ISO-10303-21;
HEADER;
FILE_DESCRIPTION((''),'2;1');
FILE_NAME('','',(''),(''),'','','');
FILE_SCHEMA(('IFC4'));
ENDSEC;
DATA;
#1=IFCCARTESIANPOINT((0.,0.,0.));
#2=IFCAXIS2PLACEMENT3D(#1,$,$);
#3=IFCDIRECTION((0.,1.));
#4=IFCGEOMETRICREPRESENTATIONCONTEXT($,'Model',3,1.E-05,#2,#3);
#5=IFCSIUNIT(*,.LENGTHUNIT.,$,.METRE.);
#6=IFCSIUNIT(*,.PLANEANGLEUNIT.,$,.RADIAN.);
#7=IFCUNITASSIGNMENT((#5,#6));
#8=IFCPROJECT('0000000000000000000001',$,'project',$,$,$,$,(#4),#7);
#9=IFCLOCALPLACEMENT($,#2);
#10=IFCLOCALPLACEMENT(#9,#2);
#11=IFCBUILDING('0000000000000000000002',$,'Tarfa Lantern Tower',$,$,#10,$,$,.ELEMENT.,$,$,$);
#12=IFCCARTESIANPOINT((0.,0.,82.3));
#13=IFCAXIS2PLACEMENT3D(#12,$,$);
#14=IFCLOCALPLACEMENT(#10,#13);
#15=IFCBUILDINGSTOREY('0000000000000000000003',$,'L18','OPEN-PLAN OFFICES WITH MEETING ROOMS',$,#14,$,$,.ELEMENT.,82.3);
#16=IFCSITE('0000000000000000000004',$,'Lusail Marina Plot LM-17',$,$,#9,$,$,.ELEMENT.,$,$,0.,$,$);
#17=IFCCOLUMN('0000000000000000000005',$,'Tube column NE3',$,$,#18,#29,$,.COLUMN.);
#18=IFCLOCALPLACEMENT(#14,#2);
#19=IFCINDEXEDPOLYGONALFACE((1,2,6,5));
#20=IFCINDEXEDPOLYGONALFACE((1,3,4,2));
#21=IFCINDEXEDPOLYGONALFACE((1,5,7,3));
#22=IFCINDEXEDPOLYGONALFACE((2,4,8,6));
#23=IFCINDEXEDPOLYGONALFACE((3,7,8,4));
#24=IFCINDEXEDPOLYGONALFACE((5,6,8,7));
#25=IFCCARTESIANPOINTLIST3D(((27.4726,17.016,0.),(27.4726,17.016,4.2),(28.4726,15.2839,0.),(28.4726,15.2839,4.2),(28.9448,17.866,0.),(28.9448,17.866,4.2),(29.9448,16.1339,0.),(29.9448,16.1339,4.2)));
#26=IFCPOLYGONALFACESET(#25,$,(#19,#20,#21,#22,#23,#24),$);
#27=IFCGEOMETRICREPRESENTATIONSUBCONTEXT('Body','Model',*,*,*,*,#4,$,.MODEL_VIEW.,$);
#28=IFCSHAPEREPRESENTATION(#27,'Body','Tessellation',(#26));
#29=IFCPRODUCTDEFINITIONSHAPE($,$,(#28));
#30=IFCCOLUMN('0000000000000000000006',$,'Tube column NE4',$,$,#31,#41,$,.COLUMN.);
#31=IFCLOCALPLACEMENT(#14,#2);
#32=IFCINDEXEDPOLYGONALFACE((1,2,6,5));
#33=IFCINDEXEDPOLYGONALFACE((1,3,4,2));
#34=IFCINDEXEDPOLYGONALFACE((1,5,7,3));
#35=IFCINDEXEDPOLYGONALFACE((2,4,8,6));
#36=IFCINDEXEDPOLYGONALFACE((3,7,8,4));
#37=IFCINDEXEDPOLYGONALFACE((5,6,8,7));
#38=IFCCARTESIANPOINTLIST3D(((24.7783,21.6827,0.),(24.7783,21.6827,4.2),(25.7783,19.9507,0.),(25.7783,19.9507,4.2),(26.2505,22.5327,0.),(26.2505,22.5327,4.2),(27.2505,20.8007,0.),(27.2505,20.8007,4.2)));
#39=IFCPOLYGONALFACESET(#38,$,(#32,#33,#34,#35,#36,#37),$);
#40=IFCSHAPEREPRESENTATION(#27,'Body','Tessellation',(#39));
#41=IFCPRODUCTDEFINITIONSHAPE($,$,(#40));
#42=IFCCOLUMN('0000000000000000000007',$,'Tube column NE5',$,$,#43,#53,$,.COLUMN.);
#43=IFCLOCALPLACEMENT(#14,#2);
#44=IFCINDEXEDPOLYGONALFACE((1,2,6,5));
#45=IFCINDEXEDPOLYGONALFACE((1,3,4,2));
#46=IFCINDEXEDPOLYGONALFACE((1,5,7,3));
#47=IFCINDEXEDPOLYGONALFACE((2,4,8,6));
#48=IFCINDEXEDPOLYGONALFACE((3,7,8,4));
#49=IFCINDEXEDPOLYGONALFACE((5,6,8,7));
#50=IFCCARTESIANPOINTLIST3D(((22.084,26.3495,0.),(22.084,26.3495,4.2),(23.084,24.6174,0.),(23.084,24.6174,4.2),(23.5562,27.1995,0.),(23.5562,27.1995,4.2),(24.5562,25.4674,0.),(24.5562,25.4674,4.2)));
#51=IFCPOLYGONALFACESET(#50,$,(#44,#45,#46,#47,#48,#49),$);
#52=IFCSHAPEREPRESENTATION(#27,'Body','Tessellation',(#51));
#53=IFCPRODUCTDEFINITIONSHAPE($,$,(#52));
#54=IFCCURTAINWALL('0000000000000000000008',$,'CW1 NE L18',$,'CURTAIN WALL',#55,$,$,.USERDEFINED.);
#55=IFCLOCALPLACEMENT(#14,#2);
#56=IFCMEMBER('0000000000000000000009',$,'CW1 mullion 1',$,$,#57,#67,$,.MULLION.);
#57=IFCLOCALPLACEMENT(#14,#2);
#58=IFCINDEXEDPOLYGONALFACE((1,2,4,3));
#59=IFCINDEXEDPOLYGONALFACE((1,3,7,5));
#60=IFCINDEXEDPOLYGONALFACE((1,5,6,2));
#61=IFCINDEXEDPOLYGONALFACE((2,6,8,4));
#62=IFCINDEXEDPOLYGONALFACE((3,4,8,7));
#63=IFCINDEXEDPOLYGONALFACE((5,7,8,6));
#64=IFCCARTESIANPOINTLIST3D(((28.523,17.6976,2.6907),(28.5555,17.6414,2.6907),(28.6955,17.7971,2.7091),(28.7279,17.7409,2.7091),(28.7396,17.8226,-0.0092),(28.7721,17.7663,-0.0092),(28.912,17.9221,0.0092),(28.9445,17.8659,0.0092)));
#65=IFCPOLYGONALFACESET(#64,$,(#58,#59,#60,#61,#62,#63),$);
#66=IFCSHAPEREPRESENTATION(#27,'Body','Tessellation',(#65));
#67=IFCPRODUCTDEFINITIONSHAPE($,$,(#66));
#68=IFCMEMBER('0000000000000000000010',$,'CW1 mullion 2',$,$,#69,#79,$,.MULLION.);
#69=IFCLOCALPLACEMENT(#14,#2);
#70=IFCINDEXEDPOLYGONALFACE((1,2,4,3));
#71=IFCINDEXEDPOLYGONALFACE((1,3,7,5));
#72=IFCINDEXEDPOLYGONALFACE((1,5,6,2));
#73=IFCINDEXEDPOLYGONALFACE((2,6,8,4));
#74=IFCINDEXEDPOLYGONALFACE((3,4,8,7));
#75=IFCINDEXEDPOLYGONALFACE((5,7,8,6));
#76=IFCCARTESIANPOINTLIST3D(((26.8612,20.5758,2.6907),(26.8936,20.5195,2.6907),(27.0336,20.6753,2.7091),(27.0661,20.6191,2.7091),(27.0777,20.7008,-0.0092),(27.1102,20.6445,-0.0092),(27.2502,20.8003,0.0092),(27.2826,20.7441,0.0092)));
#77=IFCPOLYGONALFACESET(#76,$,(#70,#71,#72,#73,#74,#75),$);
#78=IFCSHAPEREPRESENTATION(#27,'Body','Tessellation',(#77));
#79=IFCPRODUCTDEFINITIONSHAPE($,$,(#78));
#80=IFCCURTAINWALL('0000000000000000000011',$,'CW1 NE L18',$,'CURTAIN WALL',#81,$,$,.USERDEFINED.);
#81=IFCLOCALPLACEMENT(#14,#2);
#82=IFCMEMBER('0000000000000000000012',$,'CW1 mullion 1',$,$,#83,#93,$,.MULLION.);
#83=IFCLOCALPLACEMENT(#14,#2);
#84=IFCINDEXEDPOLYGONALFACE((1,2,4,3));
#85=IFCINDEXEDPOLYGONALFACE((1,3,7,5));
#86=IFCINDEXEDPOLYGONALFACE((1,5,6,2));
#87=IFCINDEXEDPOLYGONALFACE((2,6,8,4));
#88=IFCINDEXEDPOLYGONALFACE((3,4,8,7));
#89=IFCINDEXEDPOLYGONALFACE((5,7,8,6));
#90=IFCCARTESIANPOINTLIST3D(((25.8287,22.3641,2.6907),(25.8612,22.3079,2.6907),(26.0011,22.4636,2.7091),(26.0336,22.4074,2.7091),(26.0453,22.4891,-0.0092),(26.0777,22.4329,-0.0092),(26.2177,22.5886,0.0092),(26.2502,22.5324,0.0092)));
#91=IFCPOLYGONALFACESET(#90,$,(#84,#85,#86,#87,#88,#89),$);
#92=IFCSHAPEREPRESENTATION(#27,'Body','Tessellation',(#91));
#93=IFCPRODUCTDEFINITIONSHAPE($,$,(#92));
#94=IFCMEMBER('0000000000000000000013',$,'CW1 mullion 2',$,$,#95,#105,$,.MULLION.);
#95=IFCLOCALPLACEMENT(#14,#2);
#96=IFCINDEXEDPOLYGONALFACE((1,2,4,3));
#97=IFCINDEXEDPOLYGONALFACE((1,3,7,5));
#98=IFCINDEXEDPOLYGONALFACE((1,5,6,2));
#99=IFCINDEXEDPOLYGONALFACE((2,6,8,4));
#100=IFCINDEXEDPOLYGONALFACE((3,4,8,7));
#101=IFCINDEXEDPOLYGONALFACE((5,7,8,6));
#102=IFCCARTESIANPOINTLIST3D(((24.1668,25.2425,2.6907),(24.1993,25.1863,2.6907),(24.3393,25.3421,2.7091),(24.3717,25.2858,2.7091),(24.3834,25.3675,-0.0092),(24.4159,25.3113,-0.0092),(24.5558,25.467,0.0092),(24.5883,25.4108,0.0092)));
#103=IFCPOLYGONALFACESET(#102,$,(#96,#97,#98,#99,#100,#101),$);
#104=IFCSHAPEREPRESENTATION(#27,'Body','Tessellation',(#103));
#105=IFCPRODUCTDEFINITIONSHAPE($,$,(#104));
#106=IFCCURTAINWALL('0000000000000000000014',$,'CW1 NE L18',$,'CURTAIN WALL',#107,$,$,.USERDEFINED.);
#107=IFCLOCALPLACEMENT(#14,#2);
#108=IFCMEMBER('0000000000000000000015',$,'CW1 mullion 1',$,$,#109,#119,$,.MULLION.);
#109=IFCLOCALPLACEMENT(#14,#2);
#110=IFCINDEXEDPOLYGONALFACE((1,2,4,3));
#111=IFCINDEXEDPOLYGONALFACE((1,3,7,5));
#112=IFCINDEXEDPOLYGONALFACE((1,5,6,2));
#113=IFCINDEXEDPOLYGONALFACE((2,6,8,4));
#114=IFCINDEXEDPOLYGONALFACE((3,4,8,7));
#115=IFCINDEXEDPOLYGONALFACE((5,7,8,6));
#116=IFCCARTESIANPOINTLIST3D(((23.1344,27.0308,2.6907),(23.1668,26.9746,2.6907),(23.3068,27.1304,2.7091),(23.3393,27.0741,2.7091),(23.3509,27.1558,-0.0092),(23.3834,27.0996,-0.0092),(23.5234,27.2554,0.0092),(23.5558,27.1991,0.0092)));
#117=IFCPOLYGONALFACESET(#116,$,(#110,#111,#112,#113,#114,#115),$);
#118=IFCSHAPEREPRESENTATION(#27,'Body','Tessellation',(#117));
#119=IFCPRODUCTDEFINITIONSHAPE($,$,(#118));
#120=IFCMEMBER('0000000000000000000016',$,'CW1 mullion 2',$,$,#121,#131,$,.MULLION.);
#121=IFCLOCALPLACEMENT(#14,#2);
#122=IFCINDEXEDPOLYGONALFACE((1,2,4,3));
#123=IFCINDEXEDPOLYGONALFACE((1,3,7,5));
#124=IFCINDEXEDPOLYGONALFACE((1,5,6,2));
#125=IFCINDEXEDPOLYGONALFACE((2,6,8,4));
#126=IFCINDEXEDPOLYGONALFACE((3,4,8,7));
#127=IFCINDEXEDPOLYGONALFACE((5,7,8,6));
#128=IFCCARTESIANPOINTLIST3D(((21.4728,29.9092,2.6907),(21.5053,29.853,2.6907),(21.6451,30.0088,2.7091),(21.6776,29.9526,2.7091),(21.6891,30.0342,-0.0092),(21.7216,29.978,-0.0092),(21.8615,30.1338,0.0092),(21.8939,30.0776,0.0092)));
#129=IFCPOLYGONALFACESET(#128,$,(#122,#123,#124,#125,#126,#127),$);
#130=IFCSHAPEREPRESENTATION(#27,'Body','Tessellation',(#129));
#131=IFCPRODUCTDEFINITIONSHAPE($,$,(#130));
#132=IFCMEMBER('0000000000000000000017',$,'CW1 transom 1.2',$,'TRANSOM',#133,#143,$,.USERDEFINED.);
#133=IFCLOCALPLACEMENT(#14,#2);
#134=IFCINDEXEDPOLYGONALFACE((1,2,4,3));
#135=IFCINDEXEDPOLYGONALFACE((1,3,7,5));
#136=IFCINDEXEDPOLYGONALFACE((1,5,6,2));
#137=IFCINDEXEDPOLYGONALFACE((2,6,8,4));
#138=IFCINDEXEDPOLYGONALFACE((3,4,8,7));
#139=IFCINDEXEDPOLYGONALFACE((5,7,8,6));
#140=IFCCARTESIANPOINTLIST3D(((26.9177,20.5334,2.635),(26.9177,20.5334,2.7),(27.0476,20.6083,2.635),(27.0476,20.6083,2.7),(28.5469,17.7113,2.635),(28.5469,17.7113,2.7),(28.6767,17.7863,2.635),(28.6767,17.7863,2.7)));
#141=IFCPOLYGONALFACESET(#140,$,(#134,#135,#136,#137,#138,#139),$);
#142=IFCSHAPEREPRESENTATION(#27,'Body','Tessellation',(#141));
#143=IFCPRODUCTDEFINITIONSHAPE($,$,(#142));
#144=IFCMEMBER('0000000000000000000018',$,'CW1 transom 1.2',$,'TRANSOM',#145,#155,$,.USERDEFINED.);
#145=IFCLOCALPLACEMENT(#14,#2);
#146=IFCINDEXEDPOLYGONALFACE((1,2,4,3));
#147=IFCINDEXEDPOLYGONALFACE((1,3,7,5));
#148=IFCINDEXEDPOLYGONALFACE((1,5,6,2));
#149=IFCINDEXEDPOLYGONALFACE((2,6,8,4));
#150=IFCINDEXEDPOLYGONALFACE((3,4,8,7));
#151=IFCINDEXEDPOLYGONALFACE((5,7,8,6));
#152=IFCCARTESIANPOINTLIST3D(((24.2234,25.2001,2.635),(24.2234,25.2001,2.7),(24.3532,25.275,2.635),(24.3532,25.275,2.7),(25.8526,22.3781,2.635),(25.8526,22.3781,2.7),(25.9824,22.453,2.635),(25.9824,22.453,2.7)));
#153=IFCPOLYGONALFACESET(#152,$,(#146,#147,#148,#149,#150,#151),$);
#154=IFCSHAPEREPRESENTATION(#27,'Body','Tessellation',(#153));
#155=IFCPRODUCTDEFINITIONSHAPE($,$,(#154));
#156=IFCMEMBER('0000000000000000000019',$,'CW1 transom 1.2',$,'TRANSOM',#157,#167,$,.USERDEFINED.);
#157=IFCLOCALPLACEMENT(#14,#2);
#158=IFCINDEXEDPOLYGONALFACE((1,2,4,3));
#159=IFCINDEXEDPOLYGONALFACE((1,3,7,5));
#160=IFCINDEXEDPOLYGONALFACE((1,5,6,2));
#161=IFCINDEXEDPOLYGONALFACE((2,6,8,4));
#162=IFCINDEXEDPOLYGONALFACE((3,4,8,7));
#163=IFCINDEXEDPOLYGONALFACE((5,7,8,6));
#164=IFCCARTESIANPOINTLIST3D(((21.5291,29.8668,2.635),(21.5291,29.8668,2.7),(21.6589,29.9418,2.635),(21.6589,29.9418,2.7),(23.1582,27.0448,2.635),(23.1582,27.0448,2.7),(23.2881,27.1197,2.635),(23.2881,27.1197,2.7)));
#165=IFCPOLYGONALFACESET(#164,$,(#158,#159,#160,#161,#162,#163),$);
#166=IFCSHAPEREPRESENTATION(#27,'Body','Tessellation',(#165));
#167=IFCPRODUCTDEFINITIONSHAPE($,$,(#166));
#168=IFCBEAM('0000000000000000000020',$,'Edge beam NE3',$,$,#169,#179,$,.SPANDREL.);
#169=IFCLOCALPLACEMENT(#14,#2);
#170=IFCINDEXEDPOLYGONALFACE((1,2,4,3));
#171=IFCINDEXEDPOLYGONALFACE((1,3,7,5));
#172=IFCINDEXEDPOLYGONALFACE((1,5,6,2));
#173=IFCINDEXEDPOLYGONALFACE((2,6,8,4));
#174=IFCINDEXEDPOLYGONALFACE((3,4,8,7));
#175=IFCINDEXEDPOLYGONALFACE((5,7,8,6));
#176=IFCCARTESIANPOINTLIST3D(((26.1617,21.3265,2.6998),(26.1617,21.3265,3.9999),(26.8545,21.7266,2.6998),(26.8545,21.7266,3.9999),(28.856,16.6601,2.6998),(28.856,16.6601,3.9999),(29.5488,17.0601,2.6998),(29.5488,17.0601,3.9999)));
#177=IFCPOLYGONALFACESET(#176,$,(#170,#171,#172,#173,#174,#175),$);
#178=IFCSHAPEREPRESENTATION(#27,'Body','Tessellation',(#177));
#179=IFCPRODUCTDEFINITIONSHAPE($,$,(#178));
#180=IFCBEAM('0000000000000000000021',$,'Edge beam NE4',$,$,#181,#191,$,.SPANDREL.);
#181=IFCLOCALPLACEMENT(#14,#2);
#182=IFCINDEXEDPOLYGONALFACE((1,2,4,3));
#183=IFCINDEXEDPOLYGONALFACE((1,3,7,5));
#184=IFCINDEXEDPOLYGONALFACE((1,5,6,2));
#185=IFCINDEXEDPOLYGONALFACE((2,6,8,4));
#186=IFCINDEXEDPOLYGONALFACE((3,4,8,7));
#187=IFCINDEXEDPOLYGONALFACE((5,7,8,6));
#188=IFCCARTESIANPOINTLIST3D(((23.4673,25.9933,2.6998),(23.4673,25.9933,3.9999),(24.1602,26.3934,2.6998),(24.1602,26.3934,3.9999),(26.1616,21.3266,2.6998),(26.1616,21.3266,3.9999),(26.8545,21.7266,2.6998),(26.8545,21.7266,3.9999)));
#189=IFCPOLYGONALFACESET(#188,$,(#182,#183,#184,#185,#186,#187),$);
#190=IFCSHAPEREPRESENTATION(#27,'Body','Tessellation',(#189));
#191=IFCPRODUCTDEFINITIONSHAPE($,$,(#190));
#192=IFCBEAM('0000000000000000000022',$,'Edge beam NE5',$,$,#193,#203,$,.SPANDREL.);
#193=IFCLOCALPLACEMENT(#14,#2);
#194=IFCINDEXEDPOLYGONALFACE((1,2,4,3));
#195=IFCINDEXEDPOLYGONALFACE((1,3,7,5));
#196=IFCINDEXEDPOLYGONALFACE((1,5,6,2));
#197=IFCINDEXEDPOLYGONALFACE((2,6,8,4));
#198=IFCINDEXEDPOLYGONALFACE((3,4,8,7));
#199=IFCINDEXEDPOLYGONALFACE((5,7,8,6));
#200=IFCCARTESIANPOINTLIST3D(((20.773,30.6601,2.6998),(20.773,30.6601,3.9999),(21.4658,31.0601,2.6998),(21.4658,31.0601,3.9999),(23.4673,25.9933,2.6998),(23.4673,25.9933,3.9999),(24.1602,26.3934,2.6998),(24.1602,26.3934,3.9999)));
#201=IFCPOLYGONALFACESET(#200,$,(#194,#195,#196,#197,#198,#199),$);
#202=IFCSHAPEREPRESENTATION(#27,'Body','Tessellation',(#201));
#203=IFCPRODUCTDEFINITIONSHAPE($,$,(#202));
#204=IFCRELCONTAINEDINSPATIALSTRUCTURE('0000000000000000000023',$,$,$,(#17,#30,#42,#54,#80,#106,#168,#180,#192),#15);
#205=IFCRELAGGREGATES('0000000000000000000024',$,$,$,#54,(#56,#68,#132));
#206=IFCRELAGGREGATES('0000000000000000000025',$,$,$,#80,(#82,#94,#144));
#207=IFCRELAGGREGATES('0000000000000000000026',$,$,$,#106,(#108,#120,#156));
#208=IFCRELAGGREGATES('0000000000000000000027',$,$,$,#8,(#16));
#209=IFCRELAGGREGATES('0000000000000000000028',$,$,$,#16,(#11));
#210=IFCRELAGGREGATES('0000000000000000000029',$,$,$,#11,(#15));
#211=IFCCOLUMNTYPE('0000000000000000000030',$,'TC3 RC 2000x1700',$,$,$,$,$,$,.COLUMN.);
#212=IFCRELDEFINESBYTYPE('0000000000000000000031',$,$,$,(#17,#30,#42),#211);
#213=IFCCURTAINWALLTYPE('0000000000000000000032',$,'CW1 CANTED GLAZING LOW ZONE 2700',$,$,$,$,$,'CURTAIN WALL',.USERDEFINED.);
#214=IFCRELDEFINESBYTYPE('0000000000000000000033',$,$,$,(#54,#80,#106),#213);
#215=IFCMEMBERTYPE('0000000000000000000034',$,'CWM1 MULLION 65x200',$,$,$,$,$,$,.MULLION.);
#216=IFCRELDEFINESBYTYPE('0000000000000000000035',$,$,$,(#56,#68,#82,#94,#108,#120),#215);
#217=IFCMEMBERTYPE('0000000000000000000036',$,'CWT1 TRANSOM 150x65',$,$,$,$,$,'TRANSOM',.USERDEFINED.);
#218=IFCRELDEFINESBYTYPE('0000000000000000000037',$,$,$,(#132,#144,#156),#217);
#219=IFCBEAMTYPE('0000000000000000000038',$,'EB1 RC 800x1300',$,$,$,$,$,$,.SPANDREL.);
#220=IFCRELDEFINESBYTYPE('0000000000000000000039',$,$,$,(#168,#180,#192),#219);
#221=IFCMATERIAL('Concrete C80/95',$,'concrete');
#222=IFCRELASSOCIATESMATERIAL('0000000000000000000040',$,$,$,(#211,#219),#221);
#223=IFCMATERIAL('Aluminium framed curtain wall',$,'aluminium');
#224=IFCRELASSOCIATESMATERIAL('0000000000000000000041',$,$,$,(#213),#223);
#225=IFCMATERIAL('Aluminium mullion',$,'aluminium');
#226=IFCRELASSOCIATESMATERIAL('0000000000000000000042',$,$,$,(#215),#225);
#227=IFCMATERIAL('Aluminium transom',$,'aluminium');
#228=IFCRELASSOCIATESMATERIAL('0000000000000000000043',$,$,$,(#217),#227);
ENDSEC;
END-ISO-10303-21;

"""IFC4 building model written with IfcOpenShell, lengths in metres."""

from ifc_helpers import new_model, si_unit, direction, frame, origin, origin_2d, place, context, subcontext, project, spatial, rectangle, extrude, material, material_profile, profile_set, type_object, element, aggregate, save


model = new_model("IFC4")

# Units and contexts
model_context = context("Model", 3, precision=1e-05, world=origin(), true_north=direction((0.0, 1.0)))
body_context = subcontext(model_context, "Body", "Model", "MODEL_VIEW")
ifc_project = project(units=[si_unit("LENGTHUNIT", "METRE"), si_unit("PLANEANGLEUNIT", "RADIAN")], contexts=[model_context])

# Site, building, storey
site_placement = place(None, origin())
site = spatial("IfcSite", under=ifc_project, at=site_placement, Name="Lusail Marina Plot LM-17", CompositionType="ELEMENT", RefElevation=0.0)
building_placement = place(site_placement, origin())
building = spatial("IfcBuilding", under=site, at=building_placement, Name="Tarfa Lantern Tower", CompositionType="ELEMENT")
storey_placement = place(building_placement, frame((0.0, 0.0, 82.3)))
storey = spatial("IfcBuildingStorey", under=building, at=storey_placement, Name="L18", Description="OPEN-PLAN OFFICES WITH MEETING ROOMS", CompositionType="ELEMENT", Elevation=82.3)

# Columns
ifc_material_1 = material(Name="Concrete C80/95", Category="concrete")
ifc_material_profile_1 = material_profile(ifc_material_1, rectangle(XDim=2.0, YDim=1.7, at=origin_2d()), Name="RC 2000x1700")
ifc_profile_set_1 = profile_set([ifc_material_profile_1], Name="Concrete C80/95")
column_type = type_object("IfcColumnType", Name="TC3 RC 2000x1700", PredefinedType="COLUMN", material=ifc_profile_set_1)
for number, where, z_axis, x_axis, name in (
    (1, (28.7087, 16.575, 0.0), (0.0, 0.0, 1.0), (-0.5, 0.866025, 0.0), "Tube column NE3"),
    (2, (26.0144, 21.2417, 0.0), (0.0, 0.0, 1.0), (-0.5, 0.866025, 0.0), "Tube column NE4"),
    (3, (23.3201, 25.9084, 0.0), (0.0, 0.0, 1.0), (-0.5, 0.866025, 0.0), "Tube column NE5"),
):
    element("IfcColumn", number, at=place(storey_placement, frame(where, z_axis=z_axis, x_axis=x_axis)), inside=storey, type_object=column_type, Name=name, PredefinedType="COLUMN", context=body_context, shape_type="SweptSolid", body=[
        extrude(rectangle(XDim=2.0, YDim=1.7, at=origin_2d()), origin(), (0.0, 0.0, 1.0), 4.2),
    ])

# Curtain walls, members
ifc_material_2 = material(Name="Aluminium framed curtain wall", Category="aluminium")
curtain_wall_type = type_object("IfcCurtainWallType", Name="CW1 CANTED GLAZING LOW ZONE 2700", ElementType="CURTAIN WALL", PredefinedType="USERDEFINED", material=ifc_material_2)
curtain_wall_1_placement = place(storey_placement, origin())
curtain_wall_1 = element("IfcCurtainWall", 4, at=curtain_wall_1_placement, inside=storey, type_object=curtain_wall_type, Name="CW1 NE L18", ObjectType="CURTAIN WALL", PredefinedType="USERDEFINED")
ifc_material_3 = material(Name="Aluminium mullion", Category="aluminium")
ifc_material_profile_2 = material_profile(ifc_material_3, rectangle(XDim=0.0649, YDim=0.2, at=origin_2d()), Name="AL MULLION 65x200")
ifc_profile_set_2 = profile_set([ifc_material_profile_2], Name="Aluminium mullion")
member_type_1 = type_object("IfcMemberType", Name="CWM1 MULLION 65x200", PredefinedType="MULLION", material=ifc_profile_set_2)
member_1_placement = place(storey_placement, frame((28.842, 17.8442, 0.0), z_axis=(-0.079864, -0.0461, 0.995739), x_axis=(0.49992, -0.866072, 0.0)))
member_1 = element("IfcMember", 5, at=member_1_placement, type_object=member_type_1, Name="CW1 mullion 1", PredefinedType="MULLION", context=body_context, shape_type="SweptSolid", body=[
    extrude(rectangle(XDim=0.0649, YDim=0.2, at=origin_2d()), origin(), (0.0, 0.0, 1.0), 2.7114),
])
member_2_placement = place(storey_placement, frame((27.1802, 20.7224, 0.0), z_axis=(-0.079864, -0.0461, 0.995739), x_axis=(0.49992, -0.866072, 0.0)))
member_2 = element("IfcMember", 6, at=member_2_placement, type_object=member_type_1, Name="CW1 mullion 2", PredefinedType="MULLION", context=body_context, shape_type="SweptSolid", body=[
    extrude(rectangle(XDim=0.0649, YDim=0.2, at=origin_2d()), origin(), (0.0, 0.0, 1.0), 2.7114),
])
curtain_wall_2_placement = place(storey_placement, origin())
curtain_wall_2 = element("IfcCurtainWall", 7, at=curtain_wall_2_placement, inside=storey, type_object=curtain_wall_type, Name="CW1 NE L18", ObjectType="CURTAIN WALL", PredefinedType="USERDEFINED")
member_3_placement = place(storey_placement, frame((26.1477, 22.5107, 0.0), z_axis=(-0.079864, -0.0461, 0.995739), x_axis=(0.49992, -0.866072, 0.0)))
member_3 = element("IfcMember", 8, at=member_3_placement, type_object=member_type_1, Name="CW1 mullion 1", PredefinedType="MULLION", context=body_context, shape_type="SweptSolid", body=[
    extrude(rectangle(XDim=0.0649, YDim=0.2, at=origin_2d()), origin(), (0.0, 0.0, 1.0), 2.7114),
])
member_4_placement = place(storey_placement, frame((24.4858, 25.3892, 0.0), z_axis=(-0.079864, -0.0461, 0.995739), x_axis=(0.49992, -0.866072, 0.0)))
member_4 = element("IfcMember", 9, at=member_4_placement, type_object=member_type_1, Name="CW1 mullion 2", PredefinedType="MULLION", context=body_context, shape_type="SweptSolid", body=[
    extrude(rectangle(XDim=0.0649, YDim=0.2, at=origin_2d()), origin(), (0.0, 0.0, 1.0), 2.7114),
])
curtain_wall_3_placement = place(storey_placement, origin())
curtain_wall_3 = element("IfcCurtainWall", 10, at=curtain_wall_3_placement, inside=storey, type_object=curtain_wall_type, Name="CW1 NE L18", ObjectType="CURTAIN WALL", PredefinedType="USERDEFINED")
member_5_placement = place(storey_placement, frame((23.4534, 27.1775, 0.0), z_axis=(-0.079864, -0.0461, 0.995739), x_axis=(0.49992, -0.866072, 0.0)))
member_5 = element("IfcMember", 11, at=member_5_placement, type_object=member_type_1, Name="CW1 mullion 1", PredefinedType="MULLION", context=body_context, shape_type="SweptSolid", body=[
    extrude(rectangle(XDim=0.0649, YDim=0.2, at=origin_2d()), origin(), (0.0, 0.0, 1.0), 2.7114),
])
member_6_placement = place(storey_placement, frame((21.7915, 30.0559, 0.0), z_axis=(-0.079775, -0.0461, 0.995746), x_axis=(0.500343, -0.865827, 0.0)))
member_6 = element("IfcMember", 12, at=member_6_placement, type_object=member_type_1, Name="CW1 mullion 2", PredefinedType="MULLION", context=body_context, shape_type="SweptSolid", body=[
    extrude(rectangle(XDim=0.0649, YDim=0.2, at=origin_2d()), origin(), (0.0, 0.0, 1.0), 2.7114),
])

# Members
ifc_material_4 = material(Name="Aluminium transom", Category="aluminium")
ifc_material_profile_3 = material_profile(ifc_material_4, rectangle(XDim=0.1499, YDim=0.0649, at=origin_2d()), Name="AL TRANSOM 150x65")
ifc_profile_set_3 = profile_set([ifc_material_profile_3], Name="Aluminium transom")
member_type_2 = type_object("IfcMemberType", Name="CWT1 TRANSOM 150x65", ElementType="TRANSOM", PredefinedType="USERDEFINED", material=ifc_profile_set_3)
member_7_placement = place(storey_placement, frame((28.6118, 17.7488, 2.6675), z_axis=(-0.499967, 0.866045, 0.0), x_axis=(-0.866045, -0.499967, 0.0)))
member_7 = element("IfcMember", 13, at=member_7_placement, type_object=member_type_2, Name="CW1 transom 1.2", ObjectType="TRANSOM", PredefinedType="USERDEFINED", context=body_context, shape_type="SweptSolid", body=[
    extrude(rectangle(XDim=0.1499, YDim=0.0649, at=origin_2d()), origin(), (0.0, 0.0, 1.0), 3.2585),
])
member_8_placement = place(storey_placement, frame((25.9175, 22.4155, 2.6675), z_axis=(-0.499967, 0.866045, 0.0), x_axis=(-0.866045, -0.499967, 0.0)))
member_8 = element("IfcMember", 14, at=member_8_placement, type_object=member_type_2, Name="CW1 transom 1.2", ObjectType="TRANSOM", PredefinedType="USERDEFINED", context=body_context, shape_type="SweptSolid", body=[
    extrude(rectangle(XDim=0.1499, YDim=0.0649, at=origin_2d()), origin(), (0.0, 0.0, 1.0), 3.2585),
])
member_9_placement = place(storey_placement, frame((23.2231, 27.0823, 2.6675), z_axis=(-0.499967, 0.866045, 0.0), x_axis=(-0.866045, -0.499967, 0.0)))
member_9 = element("IfcMember", 15, at=member_9_placement, type_object=member_type_2, Name="CW1 transom 1.2", ObjectType="TRANSOM", PredefinedType="USERDEFINED", context=body_context, shape_type="SweptSolid", body=[
    extrude(rectangle(XDim=0.1499, YDim=0.0649, at=origin_2d()), origin(), (0.0, 0.0, 1.0), 3.2585),
])

# Beams
ifc_material_profile_4 = material_profile(ifc_material_1, rectangle(XDim=0.8, YDim=1.3, at=origin_2d()), Name="RC 800x1300")
ifc_profile_set_4 = profile_set([ifc_material_profile_4], Name="Concrete C80/95")
beam_type_1 = type_object("IfcBeamType", Name="EB1 RC 800x1300", PredefinedType="SPANDREL", material=ifc_profile_set_4)
beam_1_placement = place(storey_placement, frame((29.2024, 16.8601, 3.3499), z_axis=(-0.500018, 0.866015, 0.0), x_axis=(-0.866015, -0.500018, 0.0)))
element("IfcBeam", 16, at=beam_1_placement, inside=storey, type_object=beam_type_1, Name="Edge beam NE3", PredefinedType="SPANDREL", context=body_context, shape_type="SweptSolid", body=[
    extrude(rectangle(XDim=0.8, YDim=1.3, at=origin_2d()), origin(), (0.0, 0.0, 1.0), 5.3884),
])
for number, where, z_axis, x_axis, name in (
    (17, (26.5081, 21.5266, 3.3499), (-0.499998, 0.866026, 0.0), (-0.866026, -0.499998, 0.0), "Edge beam NE4"),
    (18, (23.8137, 26.1934, 3.3499), (-0.499998, 0.866026, 0.0), (-0.866026, -0.499998, 0.0), "Edge beam NE5"),
):
    element("IfcBeam", number, at=place(storey_placement, frame(where, z_axis=z_axis, x_axis=x_axis)), inside=storey, type_object=beam_type_1, Name=name, PredefinedType="SPANDREL", context=body_context, shape_type="SweptSolid", body=[
        extrude(rectangle(XDim=0.8, YDim=1.3, at=origin_2d()), origin(), (0.0, 0.0, 1.0), 5.3887),
    ])

aggregate(curtain_wall_1, [member_1, member_2, member_7])
aggregate(curtain_wall_2, [member_3, member_4, member_8])
aggregate(curtain_wall_3, [member_5, member_6, member_9])

save(model, "model.ifc")
